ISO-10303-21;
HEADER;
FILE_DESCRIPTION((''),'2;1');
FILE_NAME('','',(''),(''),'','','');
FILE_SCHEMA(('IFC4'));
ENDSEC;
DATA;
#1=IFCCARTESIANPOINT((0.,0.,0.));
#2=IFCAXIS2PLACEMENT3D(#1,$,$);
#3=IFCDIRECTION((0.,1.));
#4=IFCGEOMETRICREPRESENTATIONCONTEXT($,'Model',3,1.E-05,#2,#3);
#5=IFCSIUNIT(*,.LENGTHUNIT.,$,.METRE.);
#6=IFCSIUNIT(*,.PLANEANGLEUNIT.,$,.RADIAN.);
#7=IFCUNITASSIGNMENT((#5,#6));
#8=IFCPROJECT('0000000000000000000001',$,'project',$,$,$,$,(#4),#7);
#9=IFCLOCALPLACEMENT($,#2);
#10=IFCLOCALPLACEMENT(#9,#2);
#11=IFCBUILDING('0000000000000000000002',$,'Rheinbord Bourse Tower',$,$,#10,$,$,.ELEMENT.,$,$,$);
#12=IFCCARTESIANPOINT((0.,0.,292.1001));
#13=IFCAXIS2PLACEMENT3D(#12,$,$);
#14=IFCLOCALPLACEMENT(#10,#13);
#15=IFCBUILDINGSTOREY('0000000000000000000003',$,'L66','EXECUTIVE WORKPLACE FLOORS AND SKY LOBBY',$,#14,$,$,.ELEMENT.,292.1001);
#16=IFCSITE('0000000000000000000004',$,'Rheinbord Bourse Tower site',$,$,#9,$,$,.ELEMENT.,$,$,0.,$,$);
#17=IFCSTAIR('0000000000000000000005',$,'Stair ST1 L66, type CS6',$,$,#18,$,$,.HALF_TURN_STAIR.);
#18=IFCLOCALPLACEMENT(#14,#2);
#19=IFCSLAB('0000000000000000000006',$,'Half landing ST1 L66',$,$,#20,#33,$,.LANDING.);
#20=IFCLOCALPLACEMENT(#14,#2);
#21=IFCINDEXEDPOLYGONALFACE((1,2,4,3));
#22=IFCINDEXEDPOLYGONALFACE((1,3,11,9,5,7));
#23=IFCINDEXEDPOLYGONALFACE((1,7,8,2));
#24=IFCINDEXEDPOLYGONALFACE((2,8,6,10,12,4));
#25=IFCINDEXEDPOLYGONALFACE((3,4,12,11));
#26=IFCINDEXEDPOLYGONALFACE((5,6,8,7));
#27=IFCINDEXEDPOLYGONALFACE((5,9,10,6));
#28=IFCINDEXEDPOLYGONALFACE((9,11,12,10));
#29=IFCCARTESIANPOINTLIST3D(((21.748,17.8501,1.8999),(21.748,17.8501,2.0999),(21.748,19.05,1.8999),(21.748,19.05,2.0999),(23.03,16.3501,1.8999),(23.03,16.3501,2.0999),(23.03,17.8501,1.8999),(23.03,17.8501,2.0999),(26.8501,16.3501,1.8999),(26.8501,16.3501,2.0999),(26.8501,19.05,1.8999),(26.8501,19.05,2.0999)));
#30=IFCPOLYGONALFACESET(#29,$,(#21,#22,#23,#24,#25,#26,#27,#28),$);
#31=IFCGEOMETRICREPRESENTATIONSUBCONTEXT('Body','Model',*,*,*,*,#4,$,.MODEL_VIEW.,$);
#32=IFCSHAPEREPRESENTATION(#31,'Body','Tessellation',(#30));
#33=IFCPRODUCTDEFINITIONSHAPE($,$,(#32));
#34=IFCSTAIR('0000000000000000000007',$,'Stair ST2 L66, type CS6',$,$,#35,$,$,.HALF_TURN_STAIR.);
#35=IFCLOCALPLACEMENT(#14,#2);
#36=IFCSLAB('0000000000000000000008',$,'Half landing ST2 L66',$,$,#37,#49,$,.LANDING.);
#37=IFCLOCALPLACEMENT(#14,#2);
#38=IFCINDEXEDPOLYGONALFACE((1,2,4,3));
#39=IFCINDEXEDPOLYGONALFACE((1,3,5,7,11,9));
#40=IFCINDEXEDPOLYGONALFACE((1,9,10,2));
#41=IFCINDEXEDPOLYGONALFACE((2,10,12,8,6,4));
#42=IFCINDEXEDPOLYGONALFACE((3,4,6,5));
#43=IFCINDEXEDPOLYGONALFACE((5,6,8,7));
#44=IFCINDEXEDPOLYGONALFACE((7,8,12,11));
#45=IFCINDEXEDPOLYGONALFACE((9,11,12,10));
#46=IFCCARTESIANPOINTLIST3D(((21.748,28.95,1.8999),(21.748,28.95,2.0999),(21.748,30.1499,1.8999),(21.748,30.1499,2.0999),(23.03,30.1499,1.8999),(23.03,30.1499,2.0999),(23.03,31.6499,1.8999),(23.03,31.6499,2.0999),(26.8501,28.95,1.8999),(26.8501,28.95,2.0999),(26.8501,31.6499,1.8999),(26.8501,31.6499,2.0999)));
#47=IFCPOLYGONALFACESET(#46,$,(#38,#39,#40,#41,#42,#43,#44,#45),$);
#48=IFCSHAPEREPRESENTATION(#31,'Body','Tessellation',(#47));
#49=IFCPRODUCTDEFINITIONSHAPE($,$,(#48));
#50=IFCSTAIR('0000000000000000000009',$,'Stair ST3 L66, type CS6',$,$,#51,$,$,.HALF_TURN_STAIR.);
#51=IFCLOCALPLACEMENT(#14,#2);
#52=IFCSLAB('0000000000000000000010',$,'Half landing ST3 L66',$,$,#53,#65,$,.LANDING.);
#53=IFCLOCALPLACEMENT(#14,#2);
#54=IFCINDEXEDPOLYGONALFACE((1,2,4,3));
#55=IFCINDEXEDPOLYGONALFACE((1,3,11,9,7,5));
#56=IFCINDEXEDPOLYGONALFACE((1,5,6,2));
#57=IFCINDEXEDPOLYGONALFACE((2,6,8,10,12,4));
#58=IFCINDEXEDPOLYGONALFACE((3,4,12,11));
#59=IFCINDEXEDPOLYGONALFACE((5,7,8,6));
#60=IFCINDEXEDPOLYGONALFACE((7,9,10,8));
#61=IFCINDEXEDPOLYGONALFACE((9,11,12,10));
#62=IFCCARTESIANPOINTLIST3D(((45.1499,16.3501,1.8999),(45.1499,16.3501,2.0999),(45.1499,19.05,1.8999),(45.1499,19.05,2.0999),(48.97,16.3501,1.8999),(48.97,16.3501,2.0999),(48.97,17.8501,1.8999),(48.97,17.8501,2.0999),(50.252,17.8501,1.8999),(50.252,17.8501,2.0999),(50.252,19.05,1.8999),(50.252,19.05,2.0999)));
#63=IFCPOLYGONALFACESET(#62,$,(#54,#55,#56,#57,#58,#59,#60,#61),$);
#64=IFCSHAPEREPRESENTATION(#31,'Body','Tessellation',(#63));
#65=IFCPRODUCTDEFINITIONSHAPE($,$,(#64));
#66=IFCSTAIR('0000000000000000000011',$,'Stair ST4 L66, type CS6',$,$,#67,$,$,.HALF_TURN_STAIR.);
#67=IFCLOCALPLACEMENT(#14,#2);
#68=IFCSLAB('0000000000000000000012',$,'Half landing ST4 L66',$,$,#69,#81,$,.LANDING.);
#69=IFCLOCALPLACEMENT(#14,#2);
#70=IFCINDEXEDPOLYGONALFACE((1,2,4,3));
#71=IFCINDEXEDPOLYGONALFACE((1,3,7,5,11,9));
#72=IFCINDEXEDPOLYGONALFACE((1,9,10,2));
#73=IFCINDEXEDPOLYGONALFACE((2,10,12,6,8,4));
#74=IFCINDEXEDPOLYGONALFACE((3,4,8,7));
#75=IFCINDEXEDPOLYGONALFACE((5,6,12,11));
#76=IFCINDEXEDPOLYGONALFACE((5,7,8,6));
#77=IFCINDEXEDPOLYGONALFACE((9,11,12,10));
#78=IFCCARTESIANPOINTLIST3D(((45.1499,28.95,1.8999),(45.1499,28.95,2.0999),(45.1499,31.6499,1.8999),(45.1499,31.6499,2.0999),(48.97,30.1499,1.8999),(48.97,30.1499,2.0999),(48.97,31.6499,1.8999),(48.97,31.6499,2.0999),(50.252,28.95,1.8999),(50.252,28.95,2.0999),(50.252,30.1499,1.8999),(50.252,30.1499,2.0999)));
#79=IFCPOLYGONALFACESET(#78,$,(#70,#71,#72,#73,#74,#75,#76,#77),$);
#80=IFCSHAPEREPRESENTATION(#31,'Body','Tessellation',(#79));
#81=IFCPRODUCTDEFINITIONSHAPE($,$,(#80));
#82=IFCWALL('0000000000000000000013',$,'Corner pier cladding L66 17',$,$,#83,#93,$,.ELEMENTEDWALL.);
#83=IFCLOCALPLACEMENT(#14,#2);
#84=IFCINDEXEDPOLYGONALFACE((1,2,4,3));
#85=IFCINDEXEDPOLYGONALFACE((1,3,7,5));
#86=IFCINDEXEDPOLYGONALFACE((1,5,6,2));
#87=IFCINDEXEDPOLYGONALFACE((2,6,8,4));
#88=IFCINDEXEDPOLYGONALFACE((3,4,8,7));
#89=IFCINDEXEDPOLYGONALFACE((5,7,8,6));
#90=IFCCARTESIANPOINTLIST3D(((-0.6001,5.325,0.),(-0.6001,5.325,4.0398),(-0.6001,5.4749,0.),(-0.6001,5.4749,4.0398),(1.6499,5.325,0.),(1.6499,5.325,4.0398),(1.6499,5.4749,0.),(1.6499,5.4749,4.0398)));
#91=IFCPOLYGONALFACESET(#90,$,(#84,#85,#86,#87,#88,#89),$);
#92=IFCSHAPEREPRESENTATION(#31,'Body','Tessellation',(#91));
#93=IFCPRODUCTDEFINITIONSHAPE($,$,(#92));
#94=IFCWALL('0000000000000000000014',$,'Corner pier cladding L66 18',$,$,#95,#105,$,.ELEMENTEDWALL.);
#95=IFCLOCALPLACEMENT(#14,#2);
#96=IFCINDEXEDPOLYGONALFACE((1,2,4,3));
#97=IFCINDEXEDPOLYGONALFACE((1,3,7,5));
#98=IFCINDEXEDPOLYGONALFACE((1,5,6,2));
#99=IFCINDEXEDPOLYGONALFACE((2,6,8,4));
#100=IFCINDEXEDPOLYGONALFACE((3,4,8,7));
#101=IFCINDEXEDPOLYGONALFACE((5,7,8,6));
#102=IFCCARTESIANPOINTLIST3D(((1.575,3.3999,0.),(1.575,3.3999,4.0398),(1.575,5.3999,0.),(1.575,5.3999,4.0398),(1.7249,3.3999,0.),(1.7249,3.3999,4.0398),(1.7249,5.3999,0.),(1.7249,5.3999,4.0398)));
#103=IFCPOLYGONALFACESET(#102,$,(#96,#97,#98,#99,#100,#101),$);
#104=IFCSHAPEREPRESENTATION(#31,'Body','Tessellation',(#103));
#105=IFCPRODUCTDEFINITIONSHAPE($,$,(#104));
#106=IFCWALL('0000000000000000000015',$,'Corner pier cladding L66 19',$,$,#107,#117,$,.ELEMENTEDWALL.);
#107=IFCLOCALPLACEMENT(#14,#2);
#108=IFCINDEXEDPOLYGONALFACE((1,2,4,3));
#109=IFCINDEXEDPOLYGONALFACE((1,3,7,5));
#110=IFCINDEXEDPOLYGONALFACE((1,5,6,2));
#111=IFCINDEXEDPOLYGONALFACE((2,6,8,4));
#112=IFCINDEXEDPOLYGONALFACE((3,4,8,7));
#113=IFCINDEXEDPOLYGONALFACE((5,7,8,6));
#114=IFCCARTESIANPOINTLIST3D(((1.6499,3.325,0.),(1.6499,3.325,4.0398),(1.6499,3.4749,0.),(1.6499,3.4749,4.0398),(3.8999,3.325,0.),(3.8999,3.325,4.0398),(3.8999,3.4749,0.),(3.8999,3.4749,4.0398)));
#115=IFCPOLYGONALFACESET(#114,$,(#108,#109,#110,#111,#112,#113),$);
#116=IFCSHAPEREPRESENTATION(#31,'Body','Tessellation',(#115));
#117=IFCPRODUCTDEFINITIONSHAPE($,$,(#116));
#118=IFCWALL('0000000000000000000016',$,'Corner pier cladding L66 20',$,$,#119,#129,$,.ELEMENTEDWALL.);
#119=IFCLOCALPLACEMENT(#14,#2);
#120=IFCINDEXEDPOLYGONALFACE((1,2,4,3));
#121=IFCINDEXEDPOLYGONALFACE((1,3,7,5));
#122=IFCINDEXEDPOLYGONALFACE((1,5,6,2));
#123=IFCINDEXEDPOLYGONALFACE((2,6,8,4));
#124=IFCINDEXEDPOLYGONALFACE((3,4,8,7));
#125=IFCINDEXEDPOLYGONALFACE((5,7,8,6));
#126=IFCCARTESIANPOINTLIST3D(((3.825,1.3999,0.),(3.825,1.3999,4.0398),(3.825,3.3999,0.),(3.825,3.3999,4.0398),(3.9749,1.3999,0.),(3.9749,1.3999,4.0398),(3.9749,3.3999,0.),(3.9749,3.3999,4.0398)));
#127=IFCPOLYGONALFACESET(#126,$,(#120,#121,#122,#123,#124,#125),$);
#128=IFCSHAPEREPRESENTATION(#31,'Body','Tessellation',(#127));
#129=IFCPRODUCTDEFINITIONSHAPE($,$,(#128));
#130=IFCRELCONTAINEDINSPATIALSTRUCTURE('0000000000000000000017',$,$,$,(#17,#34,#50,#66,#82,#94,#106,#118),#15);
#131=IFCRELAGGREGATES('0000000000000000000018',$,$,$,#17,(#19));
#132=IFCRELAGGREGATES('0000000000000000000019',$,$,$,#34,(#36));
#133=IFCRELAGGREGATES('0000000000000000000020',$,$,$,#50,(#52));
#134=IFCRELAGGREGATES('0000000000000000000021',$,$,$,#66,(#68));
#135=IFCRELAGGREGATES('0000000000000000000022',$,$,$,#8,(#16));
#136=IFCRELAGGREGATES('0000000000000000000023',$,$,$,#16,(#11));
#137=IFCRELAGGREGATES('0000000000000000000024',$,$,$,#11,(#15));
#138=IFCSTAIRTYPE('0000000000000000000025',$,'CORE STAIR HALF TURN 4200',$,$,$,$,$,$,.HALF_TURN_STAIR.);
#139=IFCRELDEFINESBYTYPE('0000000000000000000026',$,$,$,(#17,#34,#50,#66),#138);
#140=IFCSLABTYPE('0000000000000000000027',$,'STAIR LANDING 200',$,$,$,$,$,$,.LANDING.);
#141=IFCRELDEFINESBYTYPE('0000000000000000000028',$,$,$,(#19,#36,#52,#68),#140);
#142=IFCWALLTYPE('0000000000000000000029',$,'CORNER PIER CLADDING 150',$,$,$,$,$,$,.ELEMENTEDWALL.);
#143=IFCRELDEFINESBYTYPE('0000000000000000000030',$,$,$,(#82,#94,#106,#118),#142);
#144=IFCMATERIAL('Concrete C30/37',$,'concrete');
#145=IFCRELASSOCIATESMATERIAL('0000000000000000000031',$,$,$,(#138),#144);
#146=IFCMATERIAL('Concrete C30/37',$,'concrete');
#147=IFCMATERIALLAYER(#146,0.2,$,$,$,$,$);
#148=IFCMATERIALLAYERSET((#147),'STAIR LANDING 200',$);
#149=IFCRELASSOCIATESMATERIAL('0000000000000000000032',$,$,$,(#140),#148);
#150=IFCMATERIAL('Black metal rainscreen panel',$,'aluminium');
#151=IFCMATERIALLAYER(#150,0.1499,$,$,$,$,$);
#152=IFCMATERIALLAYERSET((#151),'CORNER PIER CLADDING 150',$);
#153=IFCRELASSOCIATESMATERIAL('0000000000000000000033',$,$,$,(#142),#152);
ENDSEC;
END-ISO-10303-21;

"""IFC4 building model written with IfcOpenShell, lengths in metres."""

from ifc_helpers import new_model, si_unit, direction, frame, frame_2d, origin, place, context, subcontext, project, spatial, polyline, rectangle, outline, extrude, material, layer, layer_set, type_object, element, aggregate, save


model = new_model("IFC4")

# Units and contexts
model_context = context("Model", 3, precision=1e-05, world=origin(), true_north=direction((0.0, 1.0)))
body_context = subcontext(model_context, "Body", "Model", "MODEL_VIEW")
ifc_project = project(units=[si_unit("LENGTHUNIT", "METRE"), si_unit("PLANEANGLEUNIT", "RADIAN")], contexts=[model_context])

# Site, building, storey
site_placement = place(None, origin())
site = spatial("IfcSite", under=ifc_project, at=site_placement, Name="Rheinbord Bourse Tower site", CompositionType="ELEMENT", RefElevation=0.0)
building_placement = place(site_placement, origin())
building = spatial("IfcBuilding", under=site, at=building_placement, Name="Rheinbord Bourse Tower", CompositionType="ELEMENT")
storey_placement = place(building_placement, frame((0.0, 0.0, 292.1001)))
storey = spatial("IfcBuildingStorey", under=building, at=storey_placement, Name="L66", Description="EXECUTIVE WORKPLACE FLOORS AND SKY LOBBY", CompositionType="ELEMENT", Elevation=292.1001)

# Stairs, slabs
ifc_material_1 = material(Name="Concrete C30/37", Category="concrete")
stair_type = type_object("IfcStairType", Name="CORE STAIR HALF TURN 4200", PredefinedType="HALF_TURN_STAIR", material=ifc_material_1)
stair_1_placement = place(storey_placement, origin())
stair_1 = element("IfcStair", 1, at=stair_1_placement, inside=storey, type_object=stair_type, Name="Stair ST1 L66, type CS6", PredefinedType="HALF_TURN_STAIR")
ifc_material_2 = material(Name="Concrete C30/37", Category="concrete")
ifc_layer_1 = layer(ifc_material_2, 0.2)
ifc_layer_set_1 = layer_set([ifc_layer_1], Name="STAIR LANDING 200")
slab_type_1 = type_object("IfcSlabType", Name="STAIR LANDING 200", PredefinedType="LANDING", material=ifc_layer_set_1)
slab_1_placement = place(storey_placement, frame((0.0, 0.0, 1.8999)))
slab_1 = element("IfcSlab", 2, at=slab_1_placement, type_object=slab_type_1, Name="Half landing ST1 L66", PredefinedType="LANDING", context=body_context, shape_type="SweptSolid", body=[
    extrude(outline(polyline([(23.03, 16.3501), (26.8501, 16.3501), (26.8501, 19.05), (21.748, 19.05), (21.748, 17.8501), (23.03, 17.8501), (23.03, 16.3501)])), origin(), (0.0, 0.0, 1.0), 0.2),
])
aggregate(stair_1, [slab_1])
stair_2_placement = place(storey_placement, origin())
stair_2 = element("IfcStair", 3, at=stair_2_placement, inside=storey, type_object=stair_type, Name="Stair ST2 L66, type CS6", PredefinedType="HALF_TURN_STAIR")
slab_2_placement = place(storey_placement, frame((0.0, 0.0, 1.8999)))
slab_2 = element("IfcSlab", 4, at=slab_2_placement, type_object=slab_type_1, Name="Half landing ST2 L66", PredefinedType="LANDING", context=body_context, shape_type="SweptSolid", body=[
    extrude(outline(polyline([(21.748, 28.95), (26.8501, 28.95), (26.8501, 31.6499), (23.03, 31.6499), (23.03, 30.1499), (21.748, 30.1499), (21.748, 28.95)])), origin(), (0.0, 0.0, 1.0), 0.2),
])
aggregate(stair_2, [slab_2])
stair_3_placement = place(storey_placement, origin())
stair_3 = element("IfcStair", 5, at=stair_3_placement, inside=storey, type_object=stair_type, Name="Stair ST3 L66, type CS6", PredefinedType="HALF_TURN_STAIR")
slab_3_placement = place(storey_placement, frame((0.0, 0.0, 1.8999)))
slab_3 = element("IfcSlab", 6, at=slab_3_placement, type_object=slab_type_1, Name="Half landing ST3 L66", PredefinedType="LANDING", context=body_context, shape_type="SweptSolid", body=[
    extrude(outline(polyline([(45.1499, 16.3501), (48.97, 16.3501), (48.97, 17.8501), (50.252, 17.8501), (50.252, 19.05), (45.1499, 19.05), (45.1499, 16.3501)])), origin(), (0.0, 0.0, 1.0), 0.2),
])
aggregate(stair_3, [slab_3])
stair_4_placement = place(storey_placement, origin())
stair_4 = element("IfcStair", 7, at=stair_4_placement, inside=storey, type_object=stair_type, Name="Stair ST4 L66, type CS6", PredefinedType="HALF_TURN_STAIR")
slab_4_placement = place(storey_placement, frame((0.0, 0.0, 1.8999)))
slab_4 = element("IfcSlab", 8, at=slab_4_placement, type_object=slab_type_1, Name="Half landing ST4 L66", PredefinedType="LANDING", context=body_context, shape_type="SweptSolid", body=[
    extrude(outline(polyline([(45.1499, 28.95), (50.252, 28.95), (50.252, 30.1499), (48.97, 30.1499), (48.97, 31.6499), (45.1499, 31.6499), (45.1499, 28.95)])), origin(), (0.0, 0.0, 1.0), 0.2),
])
aggregate(stair_4, [slab_4])

# Walls
ifc_material_3 = material(Name="Black metal rainscreen panel", Category="aluminium")
ifc_layer_2 = layer(ifc_material_3, 0.1499)
ifc_layer_set_2 = layer_set([ifc_layer_2], Name="CORNER PIER CLADDING 150")
wall_type = type_object("IfcWallType", Name="CORNER PIER CLADDING 150", PredefinedType="ELEMENTEDWALL", material=ifc_layer_set_2)
wall_1_placement = place(storey_placement, frame((-0.6001, 5.3999, 0.0), z_axis=(0.0, 0.0, 1.0), x_axis=(1.0, 0.0, 0.0)))
element("IfcWall", 9, at=wall_1_placement, inside=storey, type_object=wall_type, Name="Corner pier cladding L66 17", PredefinedType="ELEMENTEDWALL", context=body_context, shape_type="SweptSolid", body=[
    extrude(rectangle(XDim=2.25, YDim=0.1499, at=frame_2d((1.125, 0.0))), origin(), (0.0, 0.0, 1.0), 4.0398),
])
wall_2_placement = place(storey_placement, frame((1.6499, 5.3999, 0.0), z_axis=(0.0, 0.0, 1.0), x_axis=(0.0, -1.0, 0.0)))
element("IfcWall", 10, at=wall_2_placement, inside=storey, type_object=wall_type, Name="Corner pier cladding L66 18", PredefinedType="ELEMENTEDWALL", context=body_context, shape_type="SweptSolid", body=[
    extrude(rectangle(XDim=2.0, YDim=0.1499, at=frame_2d((1.0, 0.0))), origin(), (0.0, 0.0, 1.0), 4.0398),
])
wall_3_placement = place(storey_placement, frame((1.6499, 3.3999, 0.0), z_axis=(0.0, 0.0, 1.0), x_axis=(1.0, 0.0, 0.0)))
element("IfcWall", 11, at=wall_3_placement, inside=storey, type_object=wall_type, Name="Corner pier cladding L66 19", PredefinedType="ELEMENTEDWALL", context=body_context, shape_type="SweptSolid", body=[
    extrude(rectangle(XDim=2.25, YDim=0.1499, at=frame_2d((1.125, 0.0))), origin(), (0.0, 0.0, 1.0), 4.0398),
])
wall_4_placement = place(storey_placement, frame((3.8999, 3.3999, 0.0), z_axis=(0.0, 0.0, 1.0), x_axis=(0.0, -1.0, 0.0)))
element("IfcWall", 12, at=wall_4_placement, inside=storey, type_object=wall_type, Name="Corner pier cladding L66 20", PredefinedType="ELEMENTEDWALL", context=body_context, shape_type="SweptSolid", body=[
    extrude(rectangle(XDim=2.0, YDim=0.1499, at=frame_2d((1.0, 0.0))), origin(), (0.0, 0.0, 1.0), 4.0398),
])

save(model, "model.ifc")
